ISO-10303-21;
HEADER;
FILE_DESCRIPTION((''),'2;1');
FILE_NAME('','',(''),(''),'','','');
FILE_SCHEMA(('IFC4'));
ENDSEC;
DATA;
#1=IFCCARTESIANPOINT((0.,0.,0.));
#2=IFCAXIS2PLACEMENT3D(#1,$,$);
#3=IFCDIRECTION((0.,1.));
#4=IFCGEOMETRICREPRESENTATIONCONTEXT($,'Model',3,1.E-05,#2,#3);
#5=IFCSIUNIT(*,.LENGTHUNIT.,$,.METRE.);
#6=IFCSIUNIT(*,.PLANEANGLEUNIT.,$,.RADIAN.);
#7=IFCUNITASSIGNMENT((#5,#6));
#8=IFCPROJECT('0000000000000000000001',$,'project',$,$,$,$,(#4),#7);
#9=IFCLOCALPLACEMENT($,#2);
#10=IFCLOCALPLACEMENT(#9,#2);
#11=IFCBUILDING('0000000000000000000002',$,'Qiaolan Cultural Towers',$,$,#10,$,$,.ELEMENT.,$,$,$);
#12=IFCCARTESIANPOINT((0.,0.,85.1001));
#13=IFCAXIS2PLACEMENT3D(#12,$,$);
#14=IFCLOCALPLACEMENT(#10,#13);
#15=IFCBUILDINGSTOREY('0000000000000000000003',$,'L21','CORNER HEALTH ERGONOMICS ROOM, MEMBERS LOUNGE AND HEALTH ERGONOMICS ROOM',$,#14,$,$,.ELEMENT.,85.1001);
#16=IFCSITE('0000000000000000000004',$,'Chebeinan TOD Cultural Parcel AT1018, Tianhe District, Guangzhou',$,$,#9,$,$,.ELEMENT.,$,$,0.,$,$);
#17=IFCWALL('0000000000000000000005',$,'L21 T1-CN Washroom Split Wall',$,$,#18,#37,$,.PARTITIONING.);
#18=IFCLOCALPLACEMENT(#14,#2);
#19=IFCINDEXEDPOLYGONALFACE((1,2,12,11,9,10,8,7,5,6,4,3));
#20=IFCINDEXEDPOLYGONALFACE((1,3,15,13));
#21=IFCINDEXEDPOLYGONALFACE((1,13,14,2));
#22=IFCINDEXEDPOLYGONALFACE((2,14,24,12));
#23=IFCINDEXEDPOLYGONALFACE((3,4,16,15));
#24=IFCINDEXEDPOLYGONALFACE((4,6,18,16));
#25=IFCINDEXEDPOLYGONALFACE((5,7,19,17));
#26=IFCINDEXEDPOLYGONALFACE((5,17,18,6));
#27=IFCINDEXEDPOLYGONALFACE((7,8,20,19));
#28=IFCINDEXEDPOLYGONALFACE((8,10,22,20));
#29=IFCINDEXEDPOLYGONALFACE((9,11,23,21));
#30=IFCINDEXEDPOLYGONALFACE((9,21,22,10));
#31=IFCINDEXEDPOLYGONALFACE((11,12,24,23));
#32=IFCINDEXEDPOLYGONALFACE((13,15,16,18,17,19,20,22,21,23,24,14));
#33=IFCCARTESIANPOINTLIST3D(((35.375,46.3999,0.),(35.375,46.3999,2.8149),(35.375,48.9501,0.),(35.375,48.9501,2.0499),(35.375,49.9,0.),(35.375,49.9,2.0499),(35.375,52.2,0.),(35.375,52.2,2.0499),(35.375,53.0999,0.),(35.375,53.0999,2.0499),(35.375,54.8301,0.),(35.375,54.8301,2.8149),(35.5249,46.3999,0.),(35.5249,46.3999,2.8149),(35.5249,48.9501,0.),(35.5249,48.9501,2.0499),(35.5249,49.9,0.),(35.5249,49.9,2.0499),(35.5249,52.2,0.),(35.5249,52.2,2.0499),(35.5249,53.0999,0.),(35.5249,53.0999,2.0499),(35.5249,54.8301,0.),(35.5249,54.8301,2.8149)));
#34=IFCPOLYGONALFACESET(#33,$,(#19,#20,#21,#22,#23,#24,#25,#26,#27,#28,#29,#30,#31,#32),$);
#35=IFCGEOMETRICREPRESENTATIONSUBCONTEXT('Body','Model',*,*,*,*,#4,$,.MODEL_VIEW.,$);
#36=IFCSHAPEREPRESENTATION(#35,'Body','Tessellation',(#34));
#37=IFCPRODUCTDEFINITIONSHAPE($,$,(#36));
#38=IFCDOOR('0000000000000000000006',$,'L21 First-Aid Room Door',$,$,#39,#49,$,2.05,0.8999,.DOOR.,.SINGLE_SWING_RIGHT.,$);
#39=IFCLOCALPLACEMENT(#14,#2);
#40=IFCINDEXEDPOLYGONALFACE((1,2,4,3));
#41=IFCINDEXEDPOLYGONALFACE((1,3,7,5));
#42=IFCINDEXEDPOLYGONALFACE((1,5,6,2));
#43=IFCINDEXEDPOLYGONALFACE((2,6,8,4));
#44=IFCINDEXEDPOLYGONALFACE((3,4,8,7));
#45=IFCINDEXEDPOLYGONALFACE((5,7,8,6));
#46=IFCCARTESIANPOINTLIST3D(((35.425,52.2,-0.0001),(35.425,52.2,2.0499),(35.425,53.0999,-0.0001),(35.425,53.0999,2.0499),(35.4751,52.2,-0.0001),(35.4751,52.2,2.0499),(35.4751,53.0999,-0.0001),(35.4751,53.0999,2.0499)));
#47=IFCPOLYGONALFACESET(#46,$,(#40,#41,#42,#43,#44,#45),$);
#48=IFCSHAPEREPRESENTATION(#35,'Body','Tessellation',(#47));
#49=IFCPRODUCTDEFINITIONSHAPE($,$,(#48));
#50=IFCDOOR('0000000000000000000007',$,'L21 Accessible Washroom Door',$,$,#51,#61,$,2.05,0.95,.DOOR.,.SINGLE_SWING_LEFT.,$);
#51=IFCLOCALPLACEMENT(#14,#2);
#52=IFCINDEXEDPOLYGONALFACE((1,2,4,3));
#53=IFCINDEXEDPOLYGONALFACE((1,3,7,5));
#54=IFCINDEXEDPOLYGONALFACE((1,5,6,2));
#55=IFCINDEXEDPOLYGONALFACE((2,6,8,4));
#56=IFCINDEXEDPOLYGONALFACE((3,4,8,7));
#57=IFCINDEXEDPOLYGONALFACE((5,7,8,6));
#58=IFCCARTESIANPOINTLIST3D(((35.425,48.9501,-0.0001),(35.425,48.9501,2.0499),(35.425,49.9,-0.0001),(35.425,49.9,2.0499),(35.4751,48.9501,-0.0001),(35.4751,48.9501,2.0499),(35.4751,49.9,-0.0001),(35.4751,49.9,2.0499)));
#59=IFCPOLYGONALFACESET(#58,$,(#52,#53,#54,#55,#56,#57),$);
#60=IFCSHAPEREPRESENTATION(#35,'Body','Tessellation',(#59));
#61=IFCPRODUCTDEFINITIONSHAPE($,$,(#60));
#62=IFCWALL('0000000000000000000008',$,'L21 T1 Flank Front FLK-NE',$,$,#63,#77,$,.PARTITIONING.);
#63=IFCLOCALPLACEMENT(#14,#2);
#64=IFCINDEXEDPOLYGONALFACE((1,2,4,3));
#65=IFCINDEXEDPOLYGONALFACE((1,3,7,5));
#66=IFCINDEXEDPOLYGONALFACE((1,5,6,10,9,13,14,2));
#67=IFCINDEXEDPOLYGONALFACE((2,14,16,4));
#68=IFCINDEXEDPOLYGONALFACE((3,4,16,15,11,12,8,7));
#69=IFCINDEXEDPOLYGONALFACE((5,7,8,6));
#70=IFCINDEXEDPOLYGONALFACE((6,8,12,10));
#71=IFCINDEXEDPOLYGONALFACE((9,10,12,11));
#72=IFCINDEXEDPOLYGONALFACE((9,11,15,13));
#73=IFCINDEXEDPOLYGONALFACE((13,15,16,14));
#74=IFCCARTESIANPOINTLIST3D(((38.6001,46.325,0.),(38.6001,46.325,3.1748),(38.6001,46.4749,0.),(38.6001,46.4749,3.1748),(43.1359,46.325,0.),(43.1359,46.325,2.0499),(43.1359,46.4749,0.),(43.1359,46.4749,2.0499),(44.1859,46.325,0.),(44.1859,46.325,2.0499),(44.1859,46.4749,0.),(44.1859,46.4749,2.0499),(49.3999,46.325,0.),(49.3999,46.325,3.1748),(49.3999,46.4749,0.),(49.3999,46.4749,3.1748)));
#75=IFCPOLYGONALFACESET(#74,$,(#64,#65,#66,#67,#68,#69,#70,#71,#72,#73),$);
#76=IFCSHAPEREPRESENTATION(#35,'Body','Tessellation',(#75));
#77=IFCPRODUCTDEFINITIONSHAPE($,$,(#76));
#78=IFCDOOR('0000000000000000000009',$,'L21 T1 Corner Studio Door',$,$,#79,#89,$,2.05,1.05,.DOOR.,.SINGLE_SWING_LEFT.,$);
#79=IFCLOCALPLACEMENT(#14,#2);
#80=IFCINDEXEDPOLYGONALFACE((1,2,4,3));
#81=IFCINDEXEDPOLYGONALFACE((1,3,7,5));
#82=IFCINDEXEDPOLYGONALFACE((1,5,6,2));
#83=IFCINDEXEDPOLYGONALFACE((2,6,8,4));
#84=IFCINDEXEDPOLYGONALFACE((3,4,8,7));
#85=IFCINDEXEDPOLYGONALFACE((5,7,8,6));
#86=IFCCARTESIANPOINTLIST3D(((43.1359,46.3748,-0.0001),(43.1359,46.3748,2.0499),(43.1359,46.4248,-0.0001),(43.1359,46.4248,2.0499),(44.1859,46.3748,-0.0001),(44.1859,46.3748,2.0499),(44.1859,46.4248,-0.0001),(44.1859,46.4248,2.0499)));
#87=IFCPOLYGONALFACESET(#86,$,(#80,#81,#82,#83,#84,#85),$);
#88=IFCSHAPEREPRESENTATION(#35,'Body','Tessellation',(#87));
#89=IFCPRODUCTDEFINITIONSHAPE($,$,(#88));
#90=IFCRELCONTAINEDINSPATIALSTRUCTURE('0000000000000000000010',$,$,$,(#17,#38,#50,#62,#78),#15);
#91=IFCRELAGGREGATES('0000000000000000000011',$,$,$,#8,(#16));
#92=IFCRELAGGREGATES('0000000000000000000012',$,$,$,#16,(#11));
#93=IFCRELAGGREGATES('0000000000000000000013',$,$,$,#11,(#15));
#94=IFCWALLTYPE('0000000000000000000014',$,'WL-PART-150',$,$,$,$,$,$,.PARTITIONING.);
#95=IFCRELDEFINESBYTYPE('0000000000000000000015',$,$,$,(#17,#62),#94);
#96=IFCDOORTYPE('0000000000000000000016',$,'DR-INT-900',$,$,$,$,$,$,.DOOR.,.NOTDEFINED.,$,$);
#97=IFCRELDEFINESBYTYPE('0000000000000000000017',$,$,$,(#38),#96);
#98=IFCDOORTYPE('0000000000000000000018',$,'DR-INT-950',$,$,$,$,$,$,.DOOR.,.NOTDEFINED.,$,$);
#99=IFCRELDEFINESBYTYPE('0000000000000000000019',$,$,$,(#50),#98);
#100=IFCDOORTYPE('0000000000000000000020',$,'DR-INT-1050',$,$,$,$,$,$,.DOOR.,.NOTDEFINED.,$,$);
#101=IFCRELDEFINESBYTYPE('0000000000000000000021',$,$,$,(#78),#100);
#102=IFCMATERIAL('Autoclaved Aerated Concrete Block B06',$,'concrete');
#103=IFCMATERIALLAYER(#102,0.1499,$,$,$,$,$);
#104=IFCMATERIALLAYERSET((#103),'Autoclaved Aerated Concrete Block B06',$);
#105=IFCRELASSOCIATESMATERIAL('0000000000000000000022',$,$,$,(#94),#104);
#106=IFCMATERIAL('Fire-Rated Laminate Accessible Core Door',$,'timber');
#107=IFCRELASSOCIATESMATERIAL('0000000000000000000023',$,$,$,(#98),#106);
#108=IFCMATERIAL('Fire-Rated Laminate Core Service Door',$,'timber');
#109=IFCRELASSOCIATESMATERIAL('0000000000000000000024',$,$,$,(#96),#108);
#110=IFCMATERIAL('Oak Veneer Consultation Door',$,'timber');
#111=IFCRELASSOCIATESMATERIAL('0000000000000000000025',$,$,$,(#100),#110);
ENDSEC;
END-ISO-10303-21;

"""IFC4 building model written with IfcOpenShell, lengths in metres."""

from ifc_helpers import new_model, si_unit, direction, frame, frame_2d, origin, place, context, subcontext, project, spatial, rectangle, extrude, material, layer, layer_set, type_object, element, fill, save


model = new_model("IFC4")

# Units and contexts
model_context = context("Model", 3, precision=1e-05, world=origin(), true_north=direction((0.0, 1.0)))
body_context = subcontext(model_context, "Body", "Model", "MODEL_VIEW")
ifc_project = project(units=[si_unit("LENGTHUNIT", "METRE"), si_unit("PLANEANGLEUNIT", "RADIAN")], contexts=[model_context])

# Site, building, storey
site_placement = place(None, origin())
site = spatial("IfcSite", under=ifc_project, at=site_placement, Name="Chebeinan TOD Cultural Parcel AT1018, Tianhe District, Guangzhou", CompositionType="ELEMENT", RefElevation=0.0)
building_placement = place(site_placement, origin())
building = spatial("IfcBuilding", under=site, at=building_placement, Name="Qiaolan Cultural Towers", CompositionType="ELEMENT")
storey_placement = place(building_placement, frame((0.0, 0.0, 85.1001)))
storey = spatial("IfcBuildingStorey", under=building, at=storey_placement, Name="L21", Description="CORNER HEALTH ERGONOMICS ROOM, MEMBERS LOUNGE AND HEALTH ERGONOMICS ROOM", CompositionType="ELEMENT", Elevation=85.1001)

# Shared definitions
ifc_material_1 = material(Name="Autoclaved Aerated Concrete Block B06", Category="concrete")
ifc_layer_1 = layer(ifc_material_1, 0.1499)
ifc_layer_set_1 = layer_set([ifc_layer_1], Name="Autoclaved Aerated Concrete Block B06")
wall_type_1 = type_object("IfcWallType", Name="WL-PART-150", PredefinedType="PARTITIONING", material=ifc_layer_set_1)
ifc_material_2 = material(Name="Fire-Rated Laminate Accessible Core Door", Category="timber")
door_type_1 = type_object("IfcDoorType", Name="DR-INT-950", OperationType="NOTDEFINED", PredefinedType="DOOR", material=ifc_material_2)

# Wall, openings, doors
wall_1_placement = place(storey_placement, frame((35.45, 46.3999, 0.0), z_axis=(0.0, 0.0, 1.0), x_axis=(0.0, 1.0, 0.0)))
wall_1 = element("IfcWall", 1, at=wall_1_placement, inside=storey, type_object=wall_type_1, Name="L21 T1-CN Washroom Split Wall", PredefinedType="PARTITIONING", context=body_context, shape_type="SweptSolid", body=[
    extrude(rectangle(XDim=8.4302, YDim=0.1499, at=frame_2d((4.2151, 0.0))), origin(), (0.0, 0.0, 1.0), 2.8149),
])
opening_1_placement = place(wall_1_placement, frame((2.55, 0.0, 0.0)))
opening_1 = element("IfcOpeningElement", 2, at=opening_1_placement, cuts=wall_1, PredefinedType="OPENING", context=body_context, shape_type="SweptSolid", body=[
    extrude(rectangle(XDim=0.95, YDim=2.05, at=frame_2d((0.4751, 1.0249))), frame((0.0, 0.085, 0.0), z_axis=(0.0, -1.0, 0.0), x_axis=(1.0, 0.0, 0.0)), (0.0, 0.0, 1.0), 0.1699),
])
opening_2_placement = place(wall_1_placement, frame((5.8, 0.0, 0.0)))
opening_2 = element("IfcOpeningElement", 3, at=opening_2_placement, cuts=wall_1, PredefinedType="OPENING", context=body_context, shape_type="SweptSolid", body=[
    extrude(rectangle(XDim=0.8999, YDim=2.05, at=frame_2d((0.45, 1.0249))), frame((0.0, 0.085, 0.0), z_axis=(0.0, -1.0, 0.0), x_axis=(1.0, 0.0, 0.0)), (0.0, 0.0, 1.0), 0.1699),
])
ifc_material_3 = material(Name="Fire-Rated Laminate Core Service Door", Category="timber")
door_type_2 = type_object("IfcDoorType", Name="DR-INT-900", OperationType="NOTDEFINED", PredefinedType="DOOR", material=ifc_material_3)
door_1_placement = place(opening_2_placement, origin())
door_1 = element("IfcDoor", 4, at=door_1_placement, inside=storey, type_object=door_type_2, Name="L21 First-Aid Room Door", OperationType="SINGLE_SWING_RIGHT", OverallHeight=2.05, OverallWidth=0.8999, PredefinedType="DOOR", context=body_context, shape_type="SweptSolid", body=[
    extrude(rectangle(XDim=0.8999, YDim=2.05, at=frame_2d((0.45, 1.0249))), frame((0.0, 0.0249, 0.0), z_axis=(0.0, -1.0, 0.0), x_axis=(1.0, 0.0, 0.0)), (0.0, 0.0, 1.0), 0.05),
])
fill(opening_2, door_1)
door_2_placement = place(opening_1_placement, origin())
door_2 = element("IfcDoor", 5, at=door_2_placement, inside=storey, type_object=door_type_1, Name="L21 Accessible Washroom Door", OperationType="SINGLE_SWING_LEFT", OverallHeight=2.05, OverallWidth=0.95, PredefinedType="DOOR", context=body_context, shape_type="SweptSolid", body=[
    extrude(rectangle(XDim=0.95, YDim=2.05, at=frame_2d((0.4751, 1.0249))), frame((0.0, 0.0249, 0.0), z_axis=(0.0, -1.0, 0.0), x_axis=(1.0, 0.0, 0.0)), (0.0, 0.0, 1.0), 0.05),
])
fill(opening_1, door_2)

# Wall, opening, door
wall_2_placement = place(storey_placement, frame((38.6001, 46.3999, 0.0), z_axis=(0.0, 0.0, 1.0), x_axis=(1.0, 0.0, 0.0)))
wall_2 = element("IfcWall", 6, at=wall_2_placement, inside=storey, type_object=wall_type_1, Name="L21 T1 Flank Front FLK-NE", PredefinedType="PARTITIONING", context=body_context, shape_type="SweptSolid", body=[
    extrude(rectangle(XDim=10.7998, YDim=0.1499, at=frame_2d((5.3999, 0.0))), origin(), (0.0, 0.0, 1.0), 3.1748),
])
opening_3_placement = place(wall_2_placement, frame((4.5359, 0.0, 0.0)))
opening_3 = element("IfcOpeningElement", 7, at=opening_3_placement, cuts=wall_2, PredefinedType="OPENING", context=body_context, shape_type="SweptSolid", body=[
    extrude(rectangle(XDim=1.05, YDim=2.05, at=frame_2d((0.5249, 1.0249))), frame((0.0, 0.085, 0.0), z_axis=(0.0, -1.0, 0.0), x_axis=(1.0, 0.0, 0.0)), (0.0, 0.0, 1.0), 0.1699),
])
ifc_material_4 = material(Name="Oak Veneer Consultation Door", Category="timber")
door_type_3 = type_object("IfcDoorType", Name="DR-INT-1050", OperationType="NOTDEFINED", PredefinedType="DOOR", material=ifc_material_4)
door_3_placement = place(opening_3_placement, origin())
door_3 = element("IfcDoor", 8, at=door_3_placement, inside=storey, type_object=door_type_3, Name="L21 T1 Corner Studio Door", OperationType="SINGLE_SWING_LEFT", OverallHeight=2.05, OverallWidth=1.05, PredefinedType="DOOR", context=body_context, shape_type="SweptSolid", body=[
    extrude(rectangle(XDim=1.05, YDim=2.05, at=frame_2d((0.5249, 1.0249))), frame((0.0, 0.0249, 0.0), z_axis=(0.0, -1.0, 0.0), x_axis=(1.0, 0.0, 0.0)), (0.0, 0.0, 1.0), 0.05),
])
fill(opening_3, door_3)

save(model, "model.ifc")
